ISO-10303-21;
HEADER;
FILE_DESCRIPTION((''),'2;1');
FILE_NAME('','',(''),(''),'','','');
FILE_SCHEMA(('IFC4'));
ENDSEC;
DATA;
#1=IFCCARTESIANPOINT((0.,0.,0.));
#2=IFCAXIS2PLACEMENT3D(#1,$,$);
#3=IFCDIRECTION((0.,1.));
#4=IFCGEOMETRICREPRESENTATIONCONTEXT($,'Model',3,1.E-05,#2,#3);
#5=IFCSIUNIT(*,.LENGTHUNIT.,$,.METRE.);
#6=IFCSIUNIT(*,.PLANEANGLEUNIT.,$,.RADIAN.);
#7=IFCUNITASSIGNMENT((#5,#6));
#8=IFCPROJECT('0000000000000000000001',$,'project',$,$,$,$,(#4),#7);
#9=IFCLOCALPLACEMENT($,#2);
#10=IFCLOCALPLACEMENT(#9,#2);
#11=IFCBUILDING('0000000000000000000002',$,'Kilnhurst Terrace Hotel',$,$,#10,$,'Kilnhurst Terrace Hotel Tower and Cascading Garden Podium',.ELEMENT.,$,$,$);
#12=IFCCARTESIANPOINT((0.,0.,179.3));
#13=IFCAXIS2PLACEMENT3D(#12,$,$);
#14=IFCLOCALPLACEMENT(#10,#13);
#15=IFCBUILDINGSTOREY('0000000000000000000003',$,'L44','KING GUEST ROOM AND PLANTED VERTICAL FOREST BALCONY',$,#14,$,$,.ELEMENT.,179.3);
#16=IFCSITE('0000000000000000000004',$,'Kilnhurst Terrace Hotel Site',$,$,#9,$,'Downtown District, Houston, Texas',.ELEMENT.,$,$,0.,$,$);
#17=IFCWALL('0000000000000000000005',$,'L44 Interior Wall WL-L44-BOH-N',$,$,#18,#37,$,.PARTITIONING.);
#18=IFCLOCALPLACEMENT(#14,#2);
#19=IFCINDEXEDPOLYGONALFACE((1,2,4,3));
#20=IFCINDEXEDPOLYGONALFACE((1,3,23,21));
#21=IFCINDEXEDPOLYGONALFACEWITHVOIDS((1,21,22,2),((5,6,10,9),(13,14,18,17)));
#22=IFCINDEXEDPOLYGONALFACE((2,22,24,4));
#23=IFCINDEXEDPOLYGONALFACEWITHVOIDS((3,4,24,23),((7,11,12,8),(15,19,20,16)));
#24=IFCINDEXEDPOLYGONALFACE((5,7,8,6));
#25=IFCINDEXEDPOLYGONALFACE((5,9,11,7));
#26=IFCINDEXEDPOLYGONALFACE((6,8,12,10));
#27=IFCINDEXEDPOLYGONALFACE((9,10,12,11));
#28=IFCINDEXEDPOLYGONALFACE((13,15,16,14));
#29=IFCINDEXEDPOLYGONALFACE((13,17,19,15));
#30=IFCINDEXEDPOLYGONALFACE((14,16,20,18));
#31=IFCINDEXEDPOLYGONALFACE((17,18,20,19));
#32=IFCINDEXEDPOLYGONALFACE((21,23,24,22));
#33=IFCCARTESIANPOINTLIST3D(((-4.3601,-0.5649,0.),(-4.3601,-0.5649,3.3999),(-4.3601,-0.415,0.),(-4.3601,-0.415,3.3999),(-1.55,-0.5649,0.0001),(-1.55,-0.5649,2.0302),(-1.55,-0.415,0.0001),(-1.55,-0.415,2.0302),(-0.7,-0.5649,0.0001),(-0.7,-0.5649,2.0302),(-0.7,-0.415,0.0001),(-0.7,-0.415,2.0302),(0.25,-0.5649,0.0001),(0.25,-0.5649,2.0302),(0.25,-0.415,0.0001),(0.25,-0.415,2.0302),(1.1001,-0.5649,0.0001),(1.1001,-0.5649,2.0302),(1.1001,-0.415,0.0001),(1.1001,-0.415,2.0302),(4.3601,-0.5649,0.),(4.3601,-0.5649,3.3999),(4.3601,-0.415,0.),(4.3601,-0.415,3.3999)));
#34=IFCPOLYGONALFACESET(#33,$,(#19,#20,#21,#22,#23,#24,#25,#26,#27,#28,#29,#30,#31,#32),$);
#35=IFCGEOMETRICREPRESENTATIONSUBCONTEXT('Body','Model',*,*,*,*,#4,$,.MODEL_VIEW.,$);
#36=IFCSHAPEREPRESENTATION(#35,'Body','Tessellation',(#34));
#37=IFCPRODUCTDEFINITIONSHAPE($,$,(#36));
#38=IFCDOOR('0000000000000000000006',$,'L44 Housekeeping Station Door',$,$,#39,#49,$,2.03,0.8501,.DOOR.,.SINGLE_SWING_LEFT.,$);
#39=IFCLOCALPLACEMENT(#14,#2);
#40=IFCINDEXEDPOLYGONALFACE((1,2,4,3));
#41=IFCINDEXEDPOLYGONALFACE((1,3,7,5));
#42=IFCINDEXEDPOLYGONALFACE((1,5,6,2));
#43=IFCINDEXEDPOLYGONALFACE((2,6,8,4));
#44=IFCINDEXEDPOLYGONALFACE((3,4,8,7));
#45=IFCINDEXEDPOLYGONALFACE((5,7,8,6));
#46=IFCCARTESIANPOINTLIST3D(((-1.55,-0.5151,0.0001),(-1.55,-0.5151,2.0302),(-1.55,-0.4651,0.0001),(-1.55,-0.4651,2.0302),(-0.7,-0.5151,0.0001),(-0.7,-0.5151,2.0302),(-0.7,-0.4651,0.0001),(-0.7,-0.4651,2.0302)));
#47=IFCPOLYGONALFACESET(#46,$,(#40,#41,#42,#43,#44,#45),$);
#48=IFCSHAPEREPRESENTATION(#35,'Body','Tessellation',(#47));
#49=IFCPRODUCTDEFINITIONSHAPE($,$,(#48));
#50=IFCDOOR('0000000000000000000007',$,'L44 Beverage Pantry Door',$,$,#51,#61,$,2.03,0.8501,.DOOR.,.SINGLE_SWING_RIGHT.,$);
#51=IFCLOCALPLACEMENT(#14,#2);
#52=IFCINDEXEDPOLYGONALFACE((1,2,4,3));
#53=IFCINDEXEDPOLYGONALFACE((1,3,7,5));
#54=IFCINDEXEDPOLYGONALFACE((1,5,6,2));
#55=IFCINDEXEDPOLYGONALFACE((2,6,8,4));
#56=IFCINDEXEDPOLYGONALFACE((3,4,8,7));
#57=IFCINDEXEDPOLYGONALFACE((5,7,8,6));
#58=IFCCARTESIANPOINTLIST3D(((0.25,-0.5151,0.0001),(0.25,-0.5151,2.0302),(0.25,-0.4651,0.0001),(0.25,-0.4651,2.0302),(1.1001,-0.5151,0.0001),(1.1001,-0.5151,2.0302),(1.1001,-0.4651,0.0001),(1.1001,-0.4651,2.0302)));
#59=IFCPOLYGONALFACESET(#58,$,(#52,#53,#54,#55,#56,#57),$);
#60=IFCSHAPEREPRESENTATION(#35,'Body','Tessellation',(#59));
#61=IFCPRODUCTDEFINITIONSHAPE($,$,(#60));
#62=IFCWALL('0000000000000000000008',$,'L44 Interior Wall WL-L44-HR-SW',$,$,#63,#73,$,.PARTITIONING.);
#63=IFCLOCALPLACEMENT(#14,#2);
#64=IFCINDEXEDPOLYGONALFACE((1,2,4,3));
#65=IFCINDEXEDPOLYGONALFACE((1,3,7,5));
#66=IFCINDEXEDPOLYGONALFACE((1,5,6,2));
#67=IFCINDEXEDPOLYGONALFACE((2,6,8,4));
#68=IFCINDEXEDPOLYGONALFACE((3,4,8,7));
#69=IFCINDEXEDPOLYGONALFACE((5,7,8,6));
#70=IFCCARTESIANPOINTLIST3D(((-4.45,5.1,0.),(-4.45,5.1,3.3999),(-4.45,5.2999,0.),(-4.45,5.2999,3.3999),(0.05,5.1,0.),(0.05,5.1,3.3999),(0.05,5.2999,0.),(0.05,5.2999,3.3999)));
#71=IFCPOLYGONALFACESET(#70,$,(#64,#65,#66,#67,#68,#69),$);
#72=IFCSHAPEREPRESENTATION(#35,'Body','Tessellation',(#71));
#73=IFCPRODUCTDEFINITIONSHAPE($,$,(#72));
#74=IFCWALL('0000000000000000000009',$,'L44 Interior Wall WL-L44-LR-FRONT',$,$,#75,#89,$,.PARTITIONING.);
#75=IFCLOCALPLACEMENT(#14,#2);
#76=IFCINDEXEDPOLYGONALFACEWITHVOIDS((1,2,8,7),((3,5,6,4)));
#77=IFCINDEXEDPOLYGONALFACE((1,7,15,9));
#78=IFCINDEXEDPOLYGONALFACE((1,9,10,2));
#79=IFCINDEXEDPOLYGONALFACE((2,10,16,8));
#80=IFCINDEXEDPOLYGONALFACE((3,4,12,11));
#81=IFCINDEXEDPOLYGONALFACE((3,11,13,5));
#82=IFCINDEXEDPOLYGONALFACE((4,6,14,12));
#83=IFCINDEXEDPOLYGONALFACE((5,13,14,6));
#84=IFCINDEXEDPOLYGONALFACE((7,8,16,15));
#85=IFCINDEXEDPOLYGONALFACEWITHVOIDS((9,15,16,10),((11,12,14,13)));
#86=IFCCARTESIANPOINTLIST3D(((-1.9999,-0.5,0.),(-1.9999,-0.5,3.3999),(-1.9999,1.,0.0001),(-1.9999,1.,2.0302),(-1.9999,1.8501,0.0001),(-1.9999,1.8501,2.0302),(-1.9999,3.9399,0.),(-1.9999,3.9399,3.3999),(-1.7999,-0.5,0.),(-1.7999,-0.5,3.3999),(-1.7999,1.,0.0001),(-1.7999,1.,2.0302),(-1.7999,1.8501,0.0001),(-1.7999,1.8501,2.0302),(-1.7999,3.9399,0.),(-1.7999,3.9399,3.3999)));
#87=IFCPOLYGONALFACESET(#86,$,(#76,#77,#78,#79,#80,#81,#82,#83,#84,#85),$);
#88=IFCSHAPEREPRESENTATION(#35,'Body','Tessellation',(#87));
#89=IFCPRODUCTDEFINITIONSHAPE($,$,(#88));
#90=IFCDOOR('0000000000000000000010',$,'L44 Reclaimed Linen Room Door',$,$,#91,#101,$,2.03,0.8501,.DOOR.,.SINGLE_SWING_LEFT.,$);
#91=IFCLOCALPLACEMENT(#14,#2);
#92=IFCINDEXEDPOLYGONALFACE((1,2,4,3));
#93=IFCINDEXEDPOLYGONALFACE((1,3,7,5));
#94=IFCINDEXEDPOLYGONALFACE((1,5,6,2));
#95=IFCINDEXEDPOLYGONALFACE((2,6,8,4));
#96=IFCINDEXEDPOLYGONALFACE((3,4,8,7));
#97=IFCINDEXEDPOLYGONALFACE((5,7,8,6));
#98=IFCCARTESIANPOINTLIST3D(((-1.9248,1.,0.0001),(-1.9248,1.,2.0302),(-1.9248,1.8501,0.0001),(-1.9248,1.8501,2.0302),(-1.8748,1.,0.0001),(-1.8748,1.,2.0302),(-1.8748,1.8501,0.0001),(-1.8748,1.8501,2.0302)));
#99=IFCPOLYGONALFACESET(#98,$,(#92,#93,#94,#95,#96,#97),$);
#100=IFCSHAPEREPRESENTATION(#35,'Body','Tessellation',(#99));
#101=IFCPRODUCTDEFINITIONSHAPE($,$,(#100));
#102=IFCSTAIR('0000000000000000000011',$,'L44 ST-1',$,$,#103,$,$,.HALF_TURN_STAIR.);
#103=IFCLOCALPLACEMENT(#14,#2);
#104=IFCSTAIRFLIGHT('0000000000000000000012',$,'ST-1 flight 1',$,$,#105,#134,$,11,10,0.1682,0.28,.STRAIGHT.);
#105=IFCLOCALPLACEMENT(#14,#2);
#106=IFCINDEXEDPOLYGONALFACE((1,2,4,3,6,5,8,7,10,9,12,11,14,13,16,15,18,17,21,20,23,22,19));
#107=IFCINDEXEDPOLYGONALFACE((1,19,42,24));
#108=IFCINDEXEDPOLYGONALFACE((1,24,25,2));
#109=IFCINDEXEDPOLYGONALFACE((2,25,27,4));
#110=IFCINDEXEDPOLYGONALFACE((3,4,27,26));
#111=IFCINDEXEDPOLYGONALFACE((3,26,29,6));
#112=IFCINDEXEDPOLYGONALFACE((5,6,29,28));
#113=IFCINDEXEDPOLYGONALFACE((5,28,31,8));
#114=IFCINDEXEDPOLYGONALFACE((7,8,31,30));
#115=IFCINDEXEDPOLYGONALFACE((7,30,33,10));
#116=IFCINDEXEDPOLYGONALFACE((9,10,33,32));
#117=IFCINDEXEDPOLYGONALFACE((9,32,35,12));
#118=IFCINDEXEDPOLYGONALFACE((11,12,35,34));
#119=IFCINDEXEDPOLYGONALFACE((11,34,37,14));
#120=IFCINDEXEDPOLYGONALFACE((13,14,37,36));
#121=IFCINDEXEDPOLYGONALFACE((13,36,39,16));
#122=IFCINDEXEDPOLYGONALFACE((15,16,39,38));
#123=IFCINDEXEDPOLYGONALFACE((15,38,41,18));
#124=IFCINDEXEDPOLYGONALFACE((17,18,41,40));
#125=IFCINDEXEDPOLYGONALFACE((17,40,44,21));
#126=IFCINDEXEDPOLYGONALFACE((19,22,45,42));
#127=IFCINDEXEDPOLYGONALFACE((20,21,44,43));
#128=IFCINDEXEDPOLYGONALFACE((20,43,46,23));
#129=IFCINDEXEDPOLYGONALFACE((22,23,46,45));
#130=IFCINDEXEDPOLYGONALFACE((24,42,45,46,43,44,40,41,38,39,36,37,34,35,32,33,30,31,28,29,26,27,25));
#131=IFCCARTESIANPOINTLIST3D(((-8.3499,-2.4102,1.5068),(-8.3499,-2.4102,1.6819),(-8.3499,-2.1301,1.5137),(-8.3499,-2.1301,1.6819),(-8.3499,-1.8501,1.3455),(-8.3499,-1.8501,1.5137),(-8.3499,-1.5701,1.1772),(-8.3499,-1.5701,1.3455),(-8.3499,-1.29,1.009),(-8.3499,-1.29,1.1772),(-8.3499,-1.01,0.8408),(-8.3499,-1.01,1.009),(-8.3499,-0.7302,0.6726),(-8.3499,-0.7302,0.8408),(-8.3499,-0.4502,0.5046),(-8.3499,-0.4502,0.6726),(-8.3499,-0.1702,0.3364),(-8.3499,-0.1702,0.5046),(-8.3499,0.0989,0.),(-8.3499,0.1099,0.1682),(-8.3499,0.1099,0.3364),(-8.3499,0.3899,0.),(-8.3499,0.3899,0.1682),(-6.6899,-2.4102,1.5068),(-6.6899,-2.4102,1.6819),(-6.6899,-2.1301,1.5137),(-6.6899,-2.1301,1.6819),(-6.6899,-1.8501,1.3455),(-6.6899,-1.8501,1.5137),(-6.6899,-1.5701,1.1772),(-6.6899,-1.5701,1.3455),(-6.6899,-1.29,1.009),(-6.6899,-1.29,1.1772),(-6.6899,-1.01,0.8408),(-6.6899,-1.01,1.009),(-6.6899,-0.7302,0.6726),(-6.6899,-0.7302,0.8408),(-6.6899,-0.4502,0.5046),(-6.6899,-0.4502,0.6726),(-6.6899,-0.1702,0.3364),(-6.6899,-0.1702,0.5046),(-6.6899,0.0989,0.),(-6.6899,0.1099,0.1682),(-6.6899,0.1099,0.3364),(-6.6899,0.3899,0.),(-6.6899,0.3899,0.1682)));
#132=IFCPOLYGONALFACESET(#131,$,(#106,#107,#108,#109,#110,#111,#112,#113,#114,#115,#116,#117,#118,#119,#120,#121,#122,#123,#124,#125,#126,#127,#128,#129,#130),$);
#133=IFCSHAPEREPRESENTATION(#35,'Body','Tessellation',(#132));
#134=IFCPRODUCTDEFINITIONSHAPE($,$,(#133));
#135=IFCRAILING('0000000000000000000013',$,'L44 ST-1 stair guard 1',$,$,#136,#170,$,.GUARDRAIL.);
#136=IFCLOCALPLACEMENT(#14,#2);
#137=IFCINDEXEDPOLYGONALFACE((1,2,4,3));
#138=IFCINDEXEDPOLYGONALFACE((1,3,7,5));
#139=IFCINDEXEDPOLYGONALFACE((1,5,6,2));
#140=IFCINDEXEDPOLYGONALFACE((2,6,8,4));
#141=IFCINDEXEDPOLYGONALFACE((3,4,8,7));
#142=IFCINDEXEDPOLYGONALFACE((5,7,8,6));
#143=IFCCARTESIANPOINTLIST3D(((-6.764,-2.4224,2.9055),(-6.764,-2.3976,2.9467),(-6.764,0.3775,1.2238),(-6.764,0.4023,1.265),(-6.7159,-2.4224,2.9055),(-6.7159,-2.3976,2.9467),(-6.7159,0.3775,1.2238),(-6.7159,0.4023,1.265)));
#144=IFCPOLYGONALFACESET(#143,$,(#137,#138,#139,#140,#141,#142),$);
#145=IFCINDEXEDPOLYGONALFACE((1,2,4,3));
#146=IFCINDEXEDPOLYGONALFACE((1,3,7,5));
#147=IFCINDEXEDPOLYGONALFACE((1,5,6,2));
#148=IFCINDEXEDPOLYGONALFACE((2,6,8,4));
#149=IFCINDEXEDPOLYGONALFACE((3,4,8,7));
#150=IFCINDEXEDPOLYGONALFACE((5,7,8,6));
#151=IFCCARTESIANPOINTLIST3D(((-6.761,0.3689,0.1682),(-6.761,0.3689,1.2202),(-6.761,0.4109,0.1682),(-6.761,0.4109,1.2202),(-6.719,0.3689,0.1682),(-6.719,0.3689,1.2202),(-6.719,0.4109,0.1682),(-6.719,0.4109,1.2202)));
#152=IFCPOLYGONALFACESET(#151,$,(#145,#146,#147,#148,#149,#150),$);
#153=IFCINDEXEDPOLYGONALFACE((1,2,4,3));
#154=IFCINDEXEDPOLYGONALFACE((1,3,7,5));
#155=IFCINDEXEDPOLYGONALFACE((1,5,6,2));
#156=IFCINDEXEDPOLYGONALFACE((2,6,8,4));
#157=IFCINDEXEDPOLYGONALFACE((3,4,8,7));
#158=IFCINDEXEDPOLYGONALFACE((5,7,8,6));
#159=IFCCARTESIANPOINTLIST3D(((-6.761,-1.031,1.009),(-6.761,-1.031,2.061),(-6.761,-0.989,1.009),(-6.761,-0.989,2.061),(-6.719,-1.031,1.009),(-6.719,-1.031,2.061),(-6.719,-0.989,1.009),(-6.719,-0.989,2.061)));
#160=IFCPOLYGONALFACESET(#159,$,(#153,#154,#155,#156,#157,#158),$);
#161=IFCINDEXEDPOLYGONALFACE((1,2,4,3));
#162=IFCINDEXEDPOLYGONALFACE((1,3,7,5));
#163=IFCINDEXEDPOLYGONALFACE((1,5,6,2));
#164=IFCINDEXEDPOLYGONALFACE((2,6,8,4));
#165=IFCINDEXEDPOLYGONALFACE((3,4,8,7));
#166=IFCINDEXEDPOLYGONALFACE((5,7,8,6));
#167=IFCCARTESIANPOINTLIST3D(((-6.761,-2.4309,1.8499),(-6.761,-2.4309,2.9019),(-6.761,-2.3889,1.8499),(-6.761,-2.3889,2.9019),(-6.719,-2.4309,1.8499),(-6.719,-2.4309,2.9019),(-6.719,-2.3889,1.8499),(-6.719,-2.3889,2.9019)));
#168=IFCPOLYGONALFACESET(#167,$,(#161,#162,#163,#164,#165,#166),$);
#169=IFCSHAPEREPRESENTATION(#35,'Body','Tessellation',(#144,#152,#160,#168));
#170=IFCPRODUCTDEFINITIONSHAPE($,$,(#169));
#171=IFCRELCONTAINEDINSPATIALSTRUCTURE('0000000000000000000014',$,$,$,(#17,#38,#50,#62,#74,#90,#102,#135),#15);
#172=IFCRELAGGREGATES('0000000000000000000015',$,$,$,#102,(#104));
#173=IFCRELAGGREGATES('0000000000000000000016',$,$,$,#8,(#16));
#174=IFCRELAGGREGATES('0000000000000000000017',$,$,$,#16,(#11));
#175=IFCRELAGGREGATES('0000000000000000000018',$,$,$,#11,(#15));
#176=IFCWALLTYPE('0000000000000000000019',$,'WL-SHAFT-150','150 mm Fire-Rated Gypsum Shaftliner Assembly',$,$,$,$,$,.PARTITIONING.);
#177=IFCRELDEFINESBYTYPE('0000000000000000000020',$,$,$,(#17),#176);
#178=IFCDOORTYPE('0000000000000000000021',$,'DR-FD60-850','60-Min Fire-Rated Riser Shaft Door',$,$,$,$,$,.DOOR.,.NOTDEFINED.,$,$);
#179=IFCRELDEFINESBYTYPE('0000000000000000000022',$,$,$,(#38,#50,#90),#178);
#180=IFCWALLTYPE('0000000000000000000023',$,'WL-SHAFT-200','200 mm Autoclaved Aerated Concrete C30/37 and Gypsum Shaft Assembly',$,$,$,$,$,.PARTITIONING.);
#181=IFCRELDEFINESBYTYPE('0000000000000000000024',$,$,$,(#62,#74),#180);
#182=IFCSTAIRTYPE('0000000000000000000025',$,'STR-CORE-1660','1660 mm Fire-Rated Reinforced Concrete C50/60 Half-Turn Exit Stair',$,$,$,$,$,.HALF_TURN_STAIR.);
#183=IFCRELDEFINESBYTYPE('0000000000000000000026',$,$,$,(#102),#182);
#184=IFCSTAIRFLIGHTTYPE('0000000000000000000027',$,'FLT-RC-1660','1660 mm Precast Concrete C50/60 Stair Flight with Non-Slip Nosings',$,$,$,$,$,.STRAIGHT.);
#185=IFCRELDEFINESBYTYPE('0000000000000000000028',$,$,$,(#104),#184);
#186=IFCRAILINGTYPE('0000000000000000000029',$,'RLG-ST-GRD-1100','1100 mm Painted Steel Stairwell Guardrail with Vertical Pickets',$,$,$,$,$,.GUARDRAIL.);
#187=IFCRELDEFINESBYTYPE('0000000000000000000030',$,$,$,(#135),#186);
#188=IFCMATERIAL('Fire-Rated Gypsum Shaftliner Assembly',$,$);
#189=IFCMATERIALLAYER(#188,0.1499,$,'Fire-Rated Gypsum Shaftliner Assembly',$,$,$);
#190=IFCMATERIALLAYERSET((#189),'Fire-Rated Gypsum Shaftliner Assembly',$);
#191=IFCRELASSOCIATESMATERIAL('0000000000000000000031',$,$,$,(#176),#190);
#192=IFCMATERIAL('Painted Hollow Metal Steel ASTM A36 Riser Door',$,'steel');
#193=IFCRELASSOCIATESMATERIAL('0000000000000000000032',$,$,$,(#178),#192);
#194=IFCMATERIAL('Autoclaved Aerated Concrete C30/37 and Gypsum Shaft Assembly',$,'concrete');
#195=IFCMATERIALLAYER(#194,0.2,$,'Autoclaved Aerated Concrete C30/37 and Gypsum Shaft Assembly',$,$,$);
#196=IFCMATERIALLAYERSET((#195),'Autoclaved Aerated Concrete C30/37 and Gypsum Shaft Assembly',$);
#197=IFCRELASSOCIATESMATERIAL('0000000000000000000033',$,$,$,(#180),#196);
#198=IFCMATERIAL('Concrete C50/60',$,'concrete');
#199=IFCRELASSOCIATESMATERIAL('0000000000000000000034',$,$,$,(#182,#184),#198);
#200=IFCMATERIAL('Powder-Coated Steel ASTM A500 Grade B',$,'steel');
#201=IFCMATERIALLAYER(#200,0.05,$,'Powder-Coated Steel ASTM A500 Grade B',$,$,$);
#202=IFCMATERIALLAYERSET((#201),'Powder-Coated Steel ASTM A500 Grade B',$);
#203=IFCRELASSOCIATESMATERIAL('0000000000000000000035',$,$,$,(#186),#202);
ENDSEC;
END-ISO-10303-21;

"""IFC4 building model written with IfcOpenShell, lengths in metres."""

from ifc_helpers import new_model, si_unit, direction, frame, frame_2d, origin, origin_2d, place, context, subcontext, project, spatial, polyline, rectangle, outline, extrude, material, layer, layer_set, type_object, element, fill, aggregate, save


model = new_model("IFC4")

# Units and contexts
model_context = context("Model", 3, precision=1e-05, world=origin(), true_north=direction((0.0, 1.0)))
body_context = subcontext(model_context, "Body", "Model", "MODEL_VIEW")
ifc_project = project(units=[si_unit("LENGTHUNIT", "METRE"), si_unit("PLANEANGLEUNIT", "RADIAN")], contexts=[model_context])

# Site, building, storey
site_placement = place(None, origin())
site = spatial("IfcSite", under=ifc_project, at=site_placement, Name="Kilnhurst Terrace Hotel Site", LongName="Downtown District, Houston, Texas", CompositionType="ELEMENT", RefElevation=0.0)
building_placement = place(site_placement, origin())
building = spatial("IfcBuilding", under=site, at=building_placement, Name="Kilnhurst Terrace Hotel", LongName="Kilnhurst Terrace Hotel Tower and Cascading Garden Podium", CompositionType="ELEMENT")
storey_placement = place(building_placement, frame((0.0, 0.0, 179.3)))
storey = spatial("IfcBuildingStorey", under=building, at=storey_placement, Name="L44", Description="KING GUEST ROOM AND PLANTED VERTICAL FOREST BALCONY", CompositionType="ELEMENT", Elevation=179.3)

# Shared definitions
ifc_material_1 = material(Name="Concrete C50/60", Category="concrete")

# Shared definitions
ifc_material_2 = material(Name="Fire-Rated Gypsum Shaftliner Assembly")
ifc_layer_1 = layer(ifc_material_2, 0.1499, Name="Fire-Rated Gypsum Shaftliner Assembly")
ifc_layer_set_1 = layer_set([ifc_layer_1], Name="Fire-Rated Gypsum Shaftliner Assembly")
wall_type_1 = type_object("IfcWallType", Name="WL-SHAFT-150", Description="150 mm Fire-Rated Gypsum Shaftliner Assembly", PredefinedType="PARTITIONING", material=ifc_layer_set_1)

# Wall, openings, doors
wall_1_placement = place(storey_placement, frame((-4.3601, -0.49, 0.0), z_axis=(0.0, 0.0, 1.0), x_axis=(1.0, 0.0, 0.0)))
wall_1 = element("IfcWall", 1, at=wall_1_placement, inside=storey, type_object=wall_type_1, Name="L44 Interior Wall WL-L44-BOH-N", PredefinedType="PARTITIONING", context=body_context, shape_type="SweptSolid", body=[
    extrude(rectangle(XDim=8.7202, YDim=0.1499, at=frame_2d((4.3601, 0.0))), origin(), (0.0, 0.0, 1.0), 3.3999),
])
opening_1_placement = place(wall_1_placement, frame((2.8101, 0.0, 0.0)))
opening_1 = element("IfcOpeningElement", 2, at=opening_1_placement, cuts=wall_1, PredefinedType="OPENING", context=body_context, shape_type="SweptSolid", body=[
    extrude(rectangle(XDim=0.8501, YDim=2.03, at=frame_2d((0.425, 1.0151))), frame((0.0, 0.085, 0.0), z_axis=(0.0, -1.0, 0.0), x_axis=(1.0, 0.0, 0.0)), (0.0, 0.0, 1.0), 0.1699),
])
opening_2_placement = place(wall_1_placement, frame((4.6101, 0.0, 0.0)))
opening_2 = element("IfcOpeningElement", 3, at=opening_2_placement, cuts=wall_1, PredefinedType="OPENING", context=body_context, shape_type="SweptSolid", body=[
    extrude(rectangle(XDim=0.8501, YDim=2.03, at=frame_2d((0.425, 1.0151))), frame((0.0, 0.085, 0.0), z_axis=(0.0, -1.0, 0.0), x_axis=(1.0, 0.0, 0.0)), (0.0, 0.0, 1.0), 0.1699),
])
ifc_material_3 = material(Name="Painted Hollow Metal Steel ASTM A36 Riser Door", Category="steel")
door_type_1 = type_object("IfcDoorType", Name="DR-FD60-850", Description="60-Min Fire-Rated Riser Shaft Door", OperationType="NOTDEFINED", PredefinedType="DOOR", material=ifc_material_3)
door_1_placement = place(opening_1_placement, origin())
door_1 = element("IfcDoor", 4, at=door_1_placement, inside=storey, type_object=door_type_1, Name="L44 Housekeeping Station Door", OperationType="SINGLE_SWING_LEFT", OverallHeight=2.03, OverallWidth=0.8501, PredefinedType="DOOR", context=body_context, shape_type="SweptSolid", body=[
    extrude(rectangle(XDim=0.8501, YDim=2.03, at=frame_2d((0.425, 1.0151))), frame((0.0, 0.0249, 0.0), z_axis=(0.0, -1.0, 0.0), x_axis=(1.0, 0.0, 0.0)), (0.0, 0.0, 1.0), 0.05),
])
fill(opening_1, door_1)
door_2_placement = place(opening_2_placement, origin())
door_2 = element("IfcDoor", 5, at=door_2_placement, inside=storey, type_object=door_type_1, Name="L44 Beverage Pantry Door", OperationType="SINGLE_SWING_RIGHT", OverallHeight=2.03, OverallWidth=0.8501, PredefinedType="DOOR", context=body_context, shape_type="SweptSolid", body=[
    extrude(rectangle(XDim=0.8501, YDim=2.03, at=frame_2d((0.425, 1.0151))), frame((0.0, 0.0249, 0.0), z_axis=(0.0, -1.0, 0.0), x_axis=(1.0, 0.0, 0.0)), (0.0, 0.0, 1.0), 0.05),
])
fill(opening_2, door_2)

# Wall
ifc_material_4 = material(Name="Autoclaved Aerated Concrete C30/37 and Gypsum Shaft Assembly", Category="concrete")
ifc_layer_2 = layer(ifc_material_4, 0.2, Name="Autoclaved Aerated Concrete C30/37 and Gypsum Shaft Assembly")
ifc_layer_set_2 = layer_set([ifc_layer_2], Name="Autoclaved Aerated Concrete C30/37 and Gypsum Shaft Assembly")
wall_type_2 = type_object("IfcWallType", Name="WL-SHAFT-200", Description="200 mm Autoclaved Aerated Concrete C30/37 and Gypsum Shaft Assembly", PredefinedType="PARTITIONING", material=ifc_layer_set_2)
wall_2_placement = place(storey_placement, frame((-4.45, 5.2, 0.0), z_axis=(0.0, 0.0, 1.0), x_axis=(1.0, 0.0, 0.0)))
element("IfcWall", 6, at=wall_2_placement, inside=storey, type_object=wall_type_2, Name="L44 Interior Wall WL-L44-HR-SW", PredefinedType="PARTITIONING", context=body_context, shape_type="SweptSolid", body=[
    extrude(rectangle(XDim=4.5, YDim=0.2, at=frame_2d((2.25, 0.0))), origin(), (0.0, 0.0, 1.0), 3.3999),
])

# Wall, opening, door
wall_3_placement = place(storey_placement, frame((-1.8999, -0.5, 0.0), z_axis=(0.0, 0.0, 1.0), x_axis=(0.0, 1.0, 0.0)))
wall_3 = element("IfcWall", 7, at=wall_3_placement, inside=storey, type_object=wall_type_2, Name="L44 Interior Wall WL-L44-LR-FRONT", PredefinedType="PARTITIONING", context=body_context, shape_type="SweptSolid", body=[
    extrude(rectangle(XDim=4.4399, YDim=0.2, at=frame_2d((2.22, 0.0))), origin(), (0.0, 0.0, 1.0), 3.3999),
])
opening_3_placement = place(wall_3_placement, frame((1.5, 0.0, 0.0)))
opening_3 = element("IfcOpeningElement", 8, at=opening_3_placement, cuts=wall_3, PredefinedType="OPENING", context=body_context, shape_type="SweptSolid", body=[
    extrude(rectangle(XDim=0.8501, YDim=2.03, at=frame_2d((0.425, 1.0151))), frame((0.0, 0.1099, 0.0), z_axis=(0.0, -1.0, 0.0), x_axis=(1.0, 0.0, 0.0)), (0.0, 0.0, 1.0), 0.22),
])
door_3_placement = place(opening_3_placement, origin())
door_3 = element("IfcDoor", 9, at=door_3_placement, inside=storey, type_object=door_type_1, Name="L44 Reclaimed Linen Room Door", OperationType="SINGLE_SWING_LEFT", OverallHeight=2.03, OverallWidth=0.8501, PredefinedType="DOOR", context=body_context, shape_type="SweptSolid", body=[
    extrude(rectangle(XDim=0.8501, YDim=2.03, at=frame_2d((0.425, 1.0151))), frame((0.0, 0.0249, 0.0), z_axis=(0.0, -1.0, 0.0), x_axis=(1.0, 0.0, 0.0)), (0.0, 0.0, 1.0), 0.05),
])
fill(opening_3, door_3)

# Stair, stair flight
stair_type = type_object("IfcStairType", Name="STR-CORE-1660", Description="1660 mm Fire-Rated Reinforced Concrete C50/60 Half-Turn Exit Stair", PredefinedType="HALF_TURN_STAIR", material=ifc_material_1)
stair_placement = place(storey_placement, origin())
stair = element("IfcStair", 10, at=stair_placement, inside=storey, type_object=stair_type, Name="L44 ST-1", PredefinedType="HALF_TURN_STAIR")
stair_flight_type = type_object("IfcStairFlightType", Name="FLT-RC-1660", Description="1660 mm Precast Concrete C50/60 Stair Flight with Non-Slip Nosings", PredefinedType="STRAIGHT", material=ifc_material_1)
stair_flight_placement = place(storey_placement, frame((-7.52, 0.3899, 0.0), z_axis=(0.0, 0.0, 1.0), x_axis=(0.0, -1.0, 0.0)))
stair_flight = element("IfcStairFlight", 11, at=stair_flight_placement, type_object=stair_flight_type, Name="ST-1 flight 1", NumberOfRisers=11, NumberOfTreads=10, PredefinedType="STRAIGHT", RiserHeight=0.1682, TreadLength=0.28, context=body_context, shape_type="SweptSolid", body=[
    extrude(outline(polyline([(0.0, 0.0), (0.0, 0.1682), (0.28, 0.1682), (0.28, 0.3364), (0.5601, 0.3364), (0.5601, 0.5046), (0.8401, 0.5046), (0.8401, 0.6726), (1.1201, 0.6726), (1.1201, 0.8408), (1.3999, 0.8408), (1.3999, 1.009), (1.6799, 1.009), (1.6799, 1.1772), (1.96, 1.1772), (1.96, 1.3455), (2.24, 1.3455), (2.24, 1.5137), (2.52, 1.5137), (2.52, 1.6819), (2.8, 1.6819), (2.8, 1.8501), (2.8, 1.5068), (0.291, 0.0), (0.0, 0.0)])), frame((0.0, 0.8301, 0.0), z_axis=(0.0, -1.0, 0.0), x_axis=(1.0, 0.0, 0.0)), (0.0, 0.0, 1.0), 1.6599),
])
aggregate(stair, [stair_flight])

# Railing
ifc_material_5 = material(Name="Powder-Coated Steel ASTM A500 Grade B", Category="steel")
ifc_layer_3 = layer(ifc_material_5, 0.05, Name="Powder-Coated Steel ASTM A500 Grade B")
ifc_layer_set_3 = layer_set([ifc_layer_3], Name="Powder-Coated Steel ASTM A500 Grade B")
railing_type_1 = type_object("IfcRailingType", Name="RLG-ST-GRD-1100", Description="1100 mm Painted Steel Stairwell Guardrail with Vertical Pickets", PredefinedType="GUARDRAIL", material=ifc_layer_set_3)
railing_1_placement = place(storey_placement, frame((-6.74, 0.3899, 0.1682)))
element("IfcRailing", 12, at=railing_1_placement, inside=storey, type_object=railing_type_1, Name="L44 ST-1 stair guard 1", PredefinedType="GUARDRAIL", context=body_context, shape_type="SweptSolid", body=[
    extrude(rectangle(XDim=0.0481, YDim=0.0481, at=origin_2d()), frame((0.0, 0.0, 1.0762), z_axis=(0.0, -0.857255, 0.514891), x_axis=(1.0, 0.0, 0.0)), (0.0, 0.0, 1.0), 3.2661),
    extrude(rectangle(XDim=0.042, YDim=0.042, at=origin_2d()), origin(), (0.0, 0.0, 1.0), 1.052),
    extrude(rectangle(XDim=0.042, YDim=0.042, at=origin_2d()), frame((0.0, -1.3999, 0.8408)), (0.0, 0.0, 1.0), 1.052),
    extrude(rectangle(XDim=0.042, YDim=0.042, at=origin_2d()), frame((0.0, -2.7998, 1.6816)), (0.0, 0.0, 1.0), 1.052),
])

save(model, "model.ifc")
